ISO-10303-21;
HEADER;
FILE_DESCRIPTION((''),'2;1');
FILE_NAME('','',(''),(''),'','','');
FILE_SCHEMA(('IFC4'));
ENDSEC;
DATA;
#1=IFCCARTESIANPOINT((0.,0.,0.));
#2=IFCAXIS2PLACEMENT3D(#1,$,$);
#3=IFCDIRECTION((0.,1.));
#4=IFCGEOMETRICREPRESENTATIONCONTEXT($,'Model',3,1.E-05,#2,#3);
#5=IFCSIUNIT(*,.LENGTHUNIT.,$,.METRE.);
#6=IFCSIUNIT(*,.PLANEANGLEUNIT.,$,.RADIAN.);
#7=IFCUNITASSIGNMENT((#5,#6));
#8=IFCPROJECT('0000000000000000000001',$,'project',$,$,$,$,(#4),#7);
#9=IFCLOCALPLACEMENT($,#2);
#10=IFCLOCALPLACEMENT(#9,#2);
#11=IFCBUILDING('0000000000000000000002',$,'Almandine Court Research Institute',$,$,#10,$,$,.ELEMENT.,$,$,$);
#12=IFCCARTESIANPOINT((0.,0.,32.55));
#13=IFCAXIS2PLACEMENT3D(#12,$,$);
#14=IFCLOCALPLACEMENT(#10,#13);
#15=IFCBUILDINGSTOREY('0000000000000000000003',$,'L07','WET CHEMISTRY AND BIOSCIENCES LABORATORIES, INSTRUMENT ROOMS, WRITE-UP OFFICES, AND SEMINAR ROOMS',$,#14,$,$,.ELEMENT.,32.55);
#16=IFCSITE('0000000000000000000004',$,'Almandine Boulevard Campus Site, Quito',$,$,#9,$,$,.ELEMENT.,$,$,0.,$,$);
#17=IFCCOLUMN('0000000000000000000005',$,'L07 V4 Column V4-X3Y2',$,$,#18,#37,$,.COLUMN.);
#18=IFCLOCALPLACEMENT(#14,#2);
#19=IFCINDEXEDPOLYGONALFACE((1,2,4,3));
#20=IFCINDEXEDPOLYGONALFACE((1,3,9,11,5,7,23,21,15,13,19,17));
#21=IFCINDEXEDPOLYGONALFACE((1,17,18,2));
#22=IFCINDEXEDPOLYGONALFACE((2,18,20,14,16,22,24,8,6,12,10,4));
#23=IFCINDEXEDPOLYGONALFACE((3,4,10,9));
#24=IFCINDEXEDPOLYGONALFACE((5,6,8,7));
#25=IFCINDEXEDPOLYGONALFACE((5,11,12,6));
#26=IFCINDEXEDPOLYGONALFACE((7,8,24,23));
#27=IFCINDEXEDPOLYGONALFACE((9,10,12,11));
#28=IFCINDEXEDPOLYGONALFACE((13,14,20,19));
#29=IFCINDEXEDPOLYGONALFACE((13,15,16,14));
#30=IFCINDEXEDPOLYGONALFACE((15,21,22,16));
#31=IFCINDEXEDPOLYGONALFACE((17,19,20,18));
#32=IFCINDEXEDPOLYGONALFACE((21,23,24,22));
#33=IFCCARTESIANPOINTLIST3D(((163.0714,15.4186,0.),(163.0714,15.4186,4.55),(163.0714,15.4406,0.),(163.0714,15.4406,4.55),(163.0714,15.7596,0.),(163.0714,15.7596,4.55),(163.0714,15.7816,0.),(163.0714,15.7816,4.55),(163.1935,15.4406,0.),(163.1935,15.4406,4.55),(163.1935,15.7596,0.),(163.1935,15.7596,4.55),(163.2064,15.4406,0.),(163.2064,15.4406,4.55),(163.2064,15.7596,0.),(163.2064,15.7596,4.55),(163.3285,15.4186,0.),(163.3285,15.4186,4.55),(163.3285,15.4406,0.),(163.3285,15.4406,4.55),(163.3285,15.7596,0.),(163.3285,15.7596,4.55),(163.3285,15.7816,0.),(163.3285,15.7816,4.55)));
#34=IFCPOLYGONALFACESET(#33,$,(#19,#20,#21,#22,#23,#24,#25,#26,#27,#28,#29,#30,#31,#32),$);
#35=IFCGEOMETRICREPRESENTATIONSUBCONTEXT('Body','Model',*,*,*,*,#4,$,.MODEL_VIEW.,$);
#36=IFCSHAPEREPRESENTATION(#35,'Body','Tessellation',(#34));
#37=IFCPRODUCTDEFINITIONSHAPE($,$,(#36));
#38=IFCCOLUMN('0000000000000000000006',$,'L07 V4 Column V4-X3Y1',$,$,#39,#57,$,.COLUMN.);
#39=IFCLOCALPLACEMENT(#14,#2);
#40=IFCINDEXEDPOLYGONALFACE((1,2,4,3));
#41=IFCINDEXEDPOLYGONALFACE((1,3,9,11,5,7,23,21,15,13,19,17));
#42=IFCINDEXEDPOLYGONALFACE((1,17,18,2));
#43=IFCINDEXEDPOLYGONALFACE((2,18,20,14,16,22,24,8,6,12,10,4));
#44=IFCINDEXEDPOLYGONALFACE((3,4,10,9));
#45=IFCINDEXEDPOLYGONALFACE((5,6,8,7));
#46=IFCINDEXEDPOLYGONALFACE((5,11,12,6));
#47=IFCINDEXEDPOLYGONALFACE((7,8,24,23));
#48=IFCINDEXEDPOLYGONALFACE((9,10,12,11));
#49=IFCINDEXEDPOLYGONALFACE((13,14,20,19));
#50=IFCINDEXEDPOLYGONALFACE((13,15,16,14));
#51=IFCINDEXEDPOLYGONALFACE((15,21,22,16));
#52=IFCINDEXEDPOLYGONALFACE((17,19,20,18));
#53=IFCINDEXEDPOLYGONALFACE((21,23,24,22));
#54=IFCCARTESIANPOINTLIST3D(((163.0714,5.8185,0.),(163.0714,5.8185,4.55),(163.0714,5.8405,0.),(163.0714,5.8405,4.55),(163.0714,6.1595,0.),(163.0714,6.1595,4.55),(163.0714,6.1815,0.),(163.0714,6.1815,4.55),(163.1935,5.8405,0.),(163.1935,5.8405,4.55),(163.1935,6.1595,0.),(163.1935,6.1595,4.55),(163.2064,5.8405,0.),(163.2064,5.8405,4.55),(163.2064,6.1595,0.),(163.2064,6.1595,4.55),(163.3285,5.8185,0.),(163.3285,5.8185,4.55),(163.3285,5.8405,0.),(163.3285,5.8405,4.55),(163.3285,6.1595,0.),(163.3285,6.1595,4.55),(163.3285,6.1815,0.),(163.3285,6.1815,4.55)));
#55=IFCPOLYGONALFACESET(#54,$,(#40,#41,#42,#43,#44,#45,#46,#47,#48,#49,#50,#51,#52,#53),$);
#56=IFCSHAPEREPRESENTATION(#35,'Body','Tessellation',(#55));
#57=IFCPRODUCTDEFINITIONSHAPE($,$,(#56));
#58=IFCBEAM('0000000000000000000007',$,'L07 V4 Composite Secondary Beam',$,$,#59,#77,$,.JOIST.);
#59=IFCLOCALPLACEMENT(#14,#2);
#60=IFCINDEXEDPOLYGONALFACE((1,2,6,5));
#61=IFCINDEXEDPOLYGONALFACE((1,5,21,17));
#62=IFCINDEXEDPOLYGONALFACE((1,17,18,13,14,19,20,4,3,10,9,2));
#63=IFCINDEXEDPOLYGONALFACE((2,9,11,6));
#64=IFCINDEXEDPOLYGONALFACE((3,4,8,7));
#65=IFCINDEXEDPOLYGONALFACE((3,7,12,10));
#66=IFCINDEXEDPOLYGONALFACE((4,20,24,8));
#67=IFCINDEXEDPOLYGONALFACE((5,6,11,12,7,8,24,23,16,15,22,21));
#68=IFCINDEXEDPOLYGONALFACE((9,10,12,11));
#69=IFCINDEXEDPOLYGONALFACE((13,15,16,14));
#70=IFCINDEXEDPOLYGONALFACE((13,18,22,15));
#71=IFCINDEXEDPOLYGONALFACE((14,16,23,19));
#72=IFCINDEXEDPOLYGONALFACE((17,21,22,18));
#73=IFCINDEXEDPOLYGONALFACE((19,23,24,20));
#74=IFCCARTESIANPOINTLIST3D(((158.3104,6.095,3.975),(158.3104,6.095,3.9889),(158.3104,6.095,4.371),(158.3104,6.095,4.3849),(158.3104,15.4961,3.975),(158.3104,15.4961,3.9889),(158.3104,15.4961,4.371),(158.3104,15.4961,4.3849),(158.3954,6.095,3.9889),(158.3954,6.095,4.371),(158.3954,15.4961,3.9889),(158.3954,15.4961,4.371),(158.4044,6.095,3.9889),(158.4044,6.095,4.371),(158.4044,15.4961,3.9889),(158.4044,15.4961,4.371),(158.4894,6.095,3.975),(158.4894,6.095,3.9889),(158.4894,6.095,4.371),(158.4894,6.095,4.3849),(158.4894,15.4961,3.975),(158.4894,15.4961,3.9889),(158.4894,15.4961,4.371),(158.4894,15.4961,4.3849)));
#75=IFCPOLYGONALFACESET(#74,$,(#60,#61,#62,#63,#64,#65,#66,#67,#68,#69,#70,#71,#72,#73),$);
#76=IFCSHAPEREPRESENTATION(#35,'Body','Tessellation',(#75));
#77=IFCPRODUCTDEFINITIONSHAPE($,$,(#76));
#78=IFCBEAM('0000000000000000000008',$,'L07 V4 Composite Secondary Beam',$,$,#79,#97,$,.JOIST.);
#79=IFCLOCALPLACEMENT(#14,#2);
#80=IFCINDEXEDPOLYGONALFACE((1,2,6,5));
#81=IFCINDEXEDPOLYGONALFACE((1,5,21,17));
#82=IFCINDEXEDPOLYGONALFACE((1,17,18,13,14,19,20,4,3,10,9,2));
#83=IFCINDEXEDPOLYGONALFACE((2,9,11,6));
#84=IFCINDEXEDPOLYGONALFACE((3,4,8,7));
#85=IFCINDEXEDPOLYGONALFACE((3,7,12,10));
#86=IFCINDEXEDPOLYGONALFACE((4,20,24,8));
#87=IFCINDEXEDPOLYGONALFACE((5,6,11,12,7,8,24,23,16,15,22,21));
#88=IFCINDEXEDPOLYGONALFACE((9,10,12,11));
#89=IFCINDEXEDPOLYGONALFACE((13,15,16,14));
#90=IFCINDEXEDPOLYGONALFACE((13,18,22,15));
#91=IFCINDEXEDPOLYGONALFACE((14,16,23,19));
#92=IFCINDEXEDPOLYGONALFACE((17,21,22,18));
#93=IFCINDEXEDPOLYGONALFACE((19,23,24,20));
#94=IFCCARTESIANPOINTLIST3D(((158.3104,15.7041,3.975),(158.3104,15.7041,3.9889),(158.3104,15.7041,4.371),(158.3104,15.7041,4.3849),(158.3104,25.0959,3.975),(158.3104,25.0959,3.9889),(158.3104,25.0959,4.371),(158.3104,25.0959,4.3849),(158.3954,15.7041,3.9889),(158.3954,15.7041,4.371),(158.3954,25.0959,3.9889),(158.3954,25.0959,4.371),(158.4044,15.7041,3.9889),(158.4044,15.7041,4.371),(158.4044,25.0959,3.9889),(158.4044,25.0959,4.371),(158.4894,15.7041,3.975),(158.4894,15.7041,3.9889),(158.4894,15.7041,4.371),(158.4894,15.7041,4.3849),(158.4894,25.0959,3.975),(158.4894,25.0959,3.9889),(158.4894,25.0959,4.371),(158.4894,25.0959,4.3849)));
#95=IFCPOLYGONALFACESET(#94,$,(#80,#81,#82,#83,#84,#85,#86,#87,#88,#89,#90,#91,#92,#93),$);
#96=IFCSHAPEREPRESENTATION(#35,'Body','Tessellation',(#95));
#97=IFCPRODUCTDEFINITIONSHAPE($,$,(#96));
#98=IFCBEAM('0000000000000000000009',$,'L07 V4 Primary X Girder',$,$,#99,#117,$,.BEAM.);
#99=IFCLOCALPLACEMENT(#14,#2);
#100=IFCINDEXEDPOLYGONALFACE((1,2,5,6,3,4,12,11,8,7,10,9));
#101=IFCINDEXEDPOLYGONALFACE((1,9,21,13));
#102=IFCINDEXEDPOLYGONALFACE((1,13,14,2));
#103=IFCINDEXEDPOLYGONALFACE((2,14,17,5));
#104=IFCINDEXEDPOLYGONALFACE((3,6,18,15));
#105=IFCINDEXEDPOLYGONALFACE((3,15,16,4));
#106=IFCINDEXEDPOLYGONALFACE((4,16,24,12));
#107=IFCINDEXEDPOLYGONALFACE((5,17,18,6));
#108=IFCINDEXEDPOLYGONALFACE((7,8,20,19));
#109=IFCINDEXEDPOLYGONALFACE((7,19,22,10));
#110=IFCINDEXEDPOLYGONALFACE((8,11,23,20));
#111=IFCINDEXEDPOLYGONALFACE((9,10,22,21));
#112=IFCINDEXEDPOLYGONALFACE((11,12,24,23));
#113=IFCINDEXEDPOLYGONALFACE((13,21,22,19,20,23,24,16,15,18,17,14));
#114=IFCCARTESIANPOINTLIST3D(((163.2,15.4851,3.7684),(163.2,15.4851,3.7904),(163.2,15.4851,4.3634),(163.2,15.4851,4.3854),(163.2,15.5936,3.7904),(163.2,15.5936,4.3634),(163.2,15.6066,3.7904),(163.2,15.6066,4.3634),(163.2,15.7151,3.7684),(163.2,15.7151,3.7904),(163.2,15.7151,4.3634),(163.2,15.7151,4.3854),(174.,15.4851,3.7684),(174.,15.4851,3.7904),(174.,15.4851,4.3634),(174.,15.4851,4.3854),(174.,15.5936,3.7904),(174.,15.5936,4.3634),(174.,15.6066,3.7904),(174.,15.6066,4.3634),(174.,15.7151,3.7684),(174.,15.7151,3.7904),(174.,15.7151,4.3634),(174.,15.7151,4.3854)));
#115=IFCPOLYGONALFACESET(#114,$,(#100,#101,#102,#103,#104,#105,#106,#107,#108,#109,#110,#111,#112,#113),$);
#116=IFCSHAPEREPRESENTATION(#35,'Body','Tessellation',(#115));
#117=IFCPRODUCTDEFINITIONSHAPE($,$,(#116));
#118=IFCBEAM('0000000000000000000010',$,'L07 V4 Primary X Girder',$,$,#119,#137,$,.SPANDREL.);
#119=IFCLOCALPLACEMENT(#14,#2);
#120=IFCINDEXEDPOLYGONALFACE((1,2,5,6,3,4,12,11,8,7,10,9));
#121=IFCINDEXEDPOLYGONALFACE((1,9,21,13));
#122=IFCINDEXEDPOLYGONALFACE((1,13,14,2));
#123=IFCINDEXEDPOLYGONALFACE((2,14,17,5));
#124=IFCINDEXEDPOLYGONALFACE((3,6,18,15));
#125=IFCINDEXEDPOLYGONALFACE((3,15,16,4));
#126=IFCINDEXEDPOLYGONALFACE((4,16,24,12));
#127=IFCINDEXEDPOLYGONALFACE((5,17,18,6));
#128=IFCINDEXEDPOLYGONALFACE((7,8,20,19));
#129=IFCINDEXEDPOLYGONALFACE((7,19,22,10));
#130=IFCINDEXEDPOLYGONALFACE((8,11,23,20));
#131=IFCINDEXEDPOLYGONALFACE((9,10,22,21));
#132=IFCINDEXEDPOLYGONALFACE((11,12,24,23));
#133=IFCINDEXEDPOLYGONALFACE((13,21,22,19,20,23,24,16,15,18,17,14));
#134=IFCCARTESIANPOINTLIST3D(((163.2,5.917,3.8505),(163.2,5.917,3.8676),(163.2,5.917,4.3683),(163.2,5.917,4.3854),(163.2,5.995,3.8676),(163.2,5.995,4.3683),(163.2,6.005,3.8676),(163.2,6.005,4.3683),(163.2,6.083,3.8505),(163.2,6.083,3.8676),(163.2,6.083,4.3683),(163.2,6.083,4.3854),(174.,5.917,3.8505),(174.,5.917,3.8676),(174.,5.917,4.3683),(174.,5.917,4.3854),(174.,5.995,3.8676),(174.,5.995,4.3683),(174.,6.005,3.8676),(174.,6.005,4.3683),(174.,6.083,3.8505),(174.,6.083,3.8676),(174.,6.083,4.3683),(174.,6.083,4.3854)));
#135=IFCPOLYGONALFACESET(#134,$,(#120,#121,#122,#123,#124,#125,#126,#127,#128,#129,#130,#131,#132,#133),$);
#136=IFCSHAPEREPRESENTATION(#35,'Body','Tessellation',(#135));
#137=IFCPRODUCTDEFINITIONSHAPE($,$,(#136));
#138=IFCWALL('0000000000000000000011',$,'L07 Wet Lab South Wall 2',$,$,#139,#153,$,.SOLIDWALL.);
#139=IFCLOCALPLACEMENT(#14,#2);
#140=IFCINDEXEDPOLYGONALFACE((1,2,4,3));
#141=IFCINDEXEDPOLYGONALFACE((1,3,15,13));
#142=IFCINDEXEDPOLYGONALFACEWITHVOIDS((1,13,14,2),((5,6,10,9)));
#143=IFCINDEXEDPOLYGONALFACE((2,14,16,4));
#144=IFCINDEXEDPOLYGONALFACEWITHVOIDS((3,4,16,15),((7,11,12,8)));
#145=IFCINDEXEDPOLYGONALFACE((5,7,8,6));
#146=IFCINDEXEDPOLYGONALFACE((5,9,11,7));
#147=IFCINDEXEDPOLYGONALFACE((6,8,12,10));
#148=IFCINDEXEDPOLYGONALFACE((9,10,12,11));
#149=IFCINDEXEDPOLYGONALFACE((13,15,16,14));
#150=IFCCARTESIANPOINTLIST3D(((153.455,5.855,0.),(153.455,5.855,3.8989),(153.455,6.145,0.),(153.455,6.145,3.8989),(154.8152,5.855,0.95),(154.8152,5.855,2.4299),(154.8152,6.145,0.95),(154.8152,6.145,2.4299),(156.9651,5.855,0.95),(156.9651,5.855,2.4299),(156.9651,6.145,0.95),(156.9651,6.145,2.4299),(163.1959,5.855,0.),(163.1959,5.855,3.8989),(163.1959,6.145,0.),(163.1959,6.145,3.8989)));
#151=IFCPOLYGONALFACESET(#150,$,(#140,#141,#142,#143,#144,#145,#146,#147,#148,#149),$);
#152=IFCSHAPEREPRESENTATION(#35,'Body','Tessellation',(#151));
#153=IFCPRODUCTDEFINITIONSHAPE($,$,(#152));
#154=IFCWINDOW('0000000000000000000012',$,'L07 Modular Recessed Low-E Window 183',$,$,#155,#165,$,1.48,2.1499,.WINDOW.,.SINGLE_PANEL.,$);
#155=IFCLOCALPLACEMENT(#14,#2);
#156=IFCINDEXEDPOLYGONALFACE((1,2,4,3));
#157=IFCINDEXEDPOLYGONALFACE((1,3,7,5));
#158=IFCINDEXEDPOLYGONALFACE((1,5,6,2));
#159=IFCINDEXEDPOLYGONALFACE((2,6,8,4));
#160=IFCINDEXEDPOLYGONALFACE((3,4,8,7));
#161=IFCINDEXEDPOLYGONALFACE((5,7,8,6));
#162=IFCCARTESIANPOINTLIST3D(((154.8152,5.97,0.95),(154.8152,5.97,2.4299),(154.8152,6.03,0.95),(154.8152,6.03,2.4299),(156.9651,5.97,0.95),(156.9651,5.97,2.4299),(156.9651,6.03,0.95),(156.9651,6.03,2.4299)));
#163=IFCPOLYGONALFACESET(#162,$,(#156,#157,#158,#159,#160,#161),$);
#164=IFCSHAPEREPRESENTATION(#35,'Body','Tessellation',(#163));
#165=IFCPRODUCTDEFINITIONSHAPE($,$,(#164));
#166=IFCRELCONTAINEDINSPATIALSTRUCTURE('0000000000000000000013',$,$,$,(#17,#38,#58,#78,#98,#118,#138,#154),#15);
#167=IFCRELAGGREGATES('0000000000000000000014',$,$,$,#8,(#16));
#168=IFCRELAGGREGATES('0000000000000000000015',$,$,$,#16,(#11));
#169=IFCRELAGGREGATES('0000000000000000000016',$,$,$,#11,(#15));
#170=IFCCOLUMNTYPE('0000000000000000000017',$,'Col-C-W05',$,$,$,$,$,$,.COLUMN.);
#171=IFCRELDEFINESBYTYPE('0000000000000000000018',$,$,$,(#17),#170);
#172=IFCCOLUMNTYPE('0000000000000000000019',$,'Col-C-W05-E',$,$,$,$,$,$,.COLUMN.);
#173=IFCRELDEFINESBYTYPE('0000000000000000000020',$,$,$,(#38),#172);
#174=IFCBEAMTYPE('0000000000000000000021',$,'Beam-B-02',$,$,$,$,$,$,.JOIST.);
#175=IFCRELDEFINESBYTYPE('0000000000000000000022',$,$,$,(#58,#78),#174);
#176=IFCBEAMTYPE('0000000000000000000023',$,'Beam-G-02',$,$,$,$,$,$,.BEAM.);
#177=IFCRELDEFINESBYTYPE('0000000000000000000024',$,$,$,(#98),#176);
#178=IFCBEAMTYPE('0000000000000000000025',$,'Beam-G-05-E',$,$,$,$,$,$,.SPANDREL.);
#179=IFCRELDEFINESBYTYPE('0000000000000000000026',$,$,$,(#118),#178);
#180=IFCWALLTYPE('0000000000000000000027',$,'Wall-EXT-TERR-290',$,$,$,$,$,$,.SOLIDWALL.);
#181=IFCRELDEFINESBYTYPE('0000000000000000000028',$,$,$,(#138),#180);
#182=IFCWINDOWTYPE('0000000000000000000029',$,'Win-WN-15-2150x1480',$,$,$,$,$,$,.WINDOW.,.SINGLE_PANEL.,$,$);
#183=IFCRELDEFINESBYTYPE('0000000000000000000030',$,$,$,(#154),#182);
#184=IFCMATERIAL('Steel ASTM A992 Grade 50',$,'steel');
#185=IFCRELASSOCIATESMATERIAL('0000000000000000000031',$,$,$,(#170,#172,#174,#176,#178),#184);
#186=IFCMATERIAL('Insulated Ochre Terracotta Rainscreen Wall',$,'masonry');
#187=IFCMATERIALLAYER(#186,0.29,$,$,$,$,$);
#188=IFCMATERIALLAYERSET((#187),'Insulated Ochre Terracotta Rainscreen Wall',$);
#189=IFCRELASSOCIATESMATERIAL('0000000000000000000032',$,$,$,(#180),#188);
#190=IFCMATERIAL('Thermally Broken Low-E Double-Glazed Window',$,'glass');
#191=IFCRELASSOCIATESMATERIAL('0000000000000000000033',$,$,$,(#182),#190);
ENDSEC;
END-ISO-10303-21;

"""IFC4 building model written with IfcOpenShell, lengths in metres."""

from ifc_helpers import new_model, si_unit, direction, frame, frame_2d, origin, origin_2d, place, context, subcontext, project, spatial, rectangle, i_section, extrude, material, layer, layer_set, material_profile, profile_set, type_object, element, fill, save


model = new_model("IFC4")

# Units and contexts
model_context = context("Model", 3, precision=1e-05, world=origin(), true_north=direction((0.0, 1.0)))
body_context = subcontext(model_context, "Body", "Model", "MODEL_VIEW")
ifc_project = project(units=[si_unit("LENGTHUNIT", "METRE"), si_unit("PLANEANGLEUNIT", "RADIAN")], contexts=[model_context])

# Site, building, storey
site_placement = place(None, origin())
site = spatial("IfcSite", under=ifc_project, at=site_placement, Name="Almandine Boulevard Campus Site, Quito", CompositionType="ELEMENT", RefElevation=0.0)
building_placement = place(site_placement, origin())
building = spatial("IfcBuilding", under=site, at=building_placement, Name="Almandine Court Research Institute", CompositionType="ELEMENT")
storey_placement = place(building_placement, frame((0.0, 0.0, 32.55)))
storey = spatial("IfcBuildingStorey", under=building, at=storey_placement, Name="L07", Description="WET CHEMISTRY AND BIOSCIENCES LABORATORIES, INSTRUMENT ROOMS, WRITE-UP OFFICES, AND SEMINAR ROOMS", CompositionType="ELEMENT", Elevation=32.55)

# Columns
ifc_material_1 = material(Name="Steel ASTM A992 Grade 50", Category="steel")
ifc_material_profile_1 = material_profile(ifc_material_1, i_section(OverallWidth=0.2571, OverallDepth=0.363, WebThickness=0.0129, FlangeThickness=0.022, at=origin_2d()), Name="W360x122")
ifc_profile_set_1 = profile_set([ifc_material_profile_1], Name="Steel ASTM A992 Grade 50")
column_type_1 = type_object("IfcColumnType", Name="Col-C-W05", PredefinedType="COLUMN", material=ifc_profile_set_1)
column_1_placement = place(storey_placement, frame((163.2, 15.6001, 0.0), z_axis=(0.0, 0.0, 1.0), x_axis=(1.0, 0.0, 0.0)))
element("IfcColumn", 1, at=column_1_placement, inside=storey, type_object=column_type_1, Name="L07 V4 Column V4-X3Y2", PredefinedType="COLUMN", context=body_context, shape_type="SweptSolid", body=[
    extrude(i_section(OverallWidth=0.2571, OverallDepth=0.363, WebThickness=0.0129, FlangeThickness=0.022, at=origin_2d()), origin(), (0.0, 0.0, 1.0), 4.55),
])
ifc_material_profile_2 = material_profile(ifc_material_1, i_section(OverallWidth=0.2571, OverallDepth=0.363, WebThickness=0.0129, FlangeThickness=0.022, at=origin_2d()), Name="W360x122")
ifc_profile_set_2 = profile_set([ifc_material_profile_2], Name="Steel ASTM A992 Grade 50")
column_type_2 = type_object("IfcColumnType", Name="Col-C-W05-E", PredefinedType="COLUMN", material=ifc_profile_set_2)
column_2_placement = place(storey_placement, frame((163.2, 6.0, 0.0), z_axis=(0.0, 0.0, 1.0), x_axis=(1.0, 0.0, 0.0)))
element("IfcColumn", 2, at=column_2_placement, inside=storey, type_object=column_type_2, Name="L07 V4 Column V4-X3Y1", PredefinedType="COLUMN", context=body_context, shape_type="SweptSolid", body=[
    extrude(i_section(OverallWidth=0.2571, OverallDepth=0.363, WebThickness=0.0129, FlangeThickness=0.022, at=origin_2d()), origin(), (0.0, 0.0, 1.0), 4.55),
])

# Beams
ifc_material_profile_3 = material_profile(ifc_material_1, i_section(OverallWidth=0.179, OverallDepth=0.4099, WebThickness=0.009, FlangeThickness=0.0139, at=origin_2d()), Name="W410x67")
ifc_profile_set_3 = profile_set([ifc_material_profile_3], Name="Steel ASTM A992 Grade 50")
beam_type_1 = type_object("IfcBeamType", Name="Beam-B-02", PredefinedType="JOIST", material=ifc_profile_set_3)
beam_1_placement = place(storey_placement, frame((158.3999, 6.095, 4.1799), z_axis=(0.0, 1.0, 0.0), x_axis=(-1.0, 0.0, 0.0)))
element("IfcBeam", 3, at=beam_1_placement, inside=storey, type_object=beam_type_1, Name="L07 V4 Composite Secondary Beam", PredefinedType="JOIST", context=body_context, shape_type="SweptSolid", body=[
    extrude(i_section(OverallWidth=0.179, OverallDepth=0.4099, WebThickness=0.009, FlangeThickness=0.0139, at=origin_2d()), origin(), (0.0, 0.0, 1.0), 9.4011),
])
beam_2_placement = place(storey_placement, frame((158.3999, 15.7041, 4.1799), z_axis=(0.0, 1.0, 0.0), x_axis=(-1.0, 0.0, 0.0)))
element("IfcBeam", 4, at=beam_2_placement, inside=storey, type_object=beam_type_1, Name="L07 V4 Composite Secondary Beam", PredefinedType="JOIST", context=body_context, shape_type="SweptSolid", body=[
    extrude(i_section(OverallWidth=0.179, OverallDepth=0.4099, WebThickness=0.009, FlangeThickness=0.0139, at=origin_2d()), origin(), (0.0, 0.0, 1.0), 9.3918),
])
ifc_material_profile_4 = material_profile(ifc_material_1, i_section(OverallWidth=0.23, OverallDepth=0.6169, WebThickness=0.0129, FlangeThickness=0.022, at=origin_2d()), Name="W610x140")
ifc_profile_set_4 = profile_set([ifc_material_profile_4], Name="Steel ASTM A992 Grade 50")
beam_type_2 = type_object("IfcBeamType", Name="Beam-G-02", PredefinedType="BEAM", material=ifc_profile_set_4)
beam_3_placement = place(storey_placement, frame((163.2, 15.6001, 4.0769), z_axis=(1.0, 0.0, 0.0), x_axis=(0.0, 1.0, 0.0)))
element("IfcBeam", 5, at=beam_3_placement, inside=storey, type_object=beam_type_2, Name="L07 V4 Primary X Girder", PredefinedType="BEAM", context=body_context, shape_type="SweptSolid", body=[
    extrude(i_section(OverallWidth=0.23, OverallDepth=0.6169, WebThickness=0.0129, FlangeThickness=0.022, at=origin_2d()), origin(), (0.0, 0.0, 1.0), 10.8),
])
ifc_material_profile_5 = material_profile(ifc_material_1, i_section(OverallWidth=0.166, OverallDepth=0.5349, WebThickness=0.01, FlangeThickness=0.0171, at=origin_2d()), Name="W530x85")
ifc_profile_set_5 = profile_set([ifc_material_profile_5], Name="Steel ASTM A992 Grade 50")
beam_type_3 = type_object("IfcBeamType", Name="Beam-G-05-E", PredefinedType="SPANDREL", material=ifc_profile_set_5)
beam_4_placement = place(storey_placement, frame((163.2, 6.0, 4.1179), z_axis=(1.0, 0.0, 0.0), x_axis=(0.0, 1.0, 0.0)))
element("IfcBeam", 6, at=beam_4_placement, inside=storey, type_object=beam_type_3, Name="L07 V4 Primary X Girder", PredefinedType="SPANDREL", context=body_context, shape_type="SweptSolid", body=[
    extrude(i_section(OverallWidth=0.166, OverallDepth=0.5349, WebThickness=0.01, FlangeThickness=0.0171, at=origin_2d()), origin(), (0.0, 0.0, 1.0), 10.8),
])

# Wall, opening, window
ifc_material_2 = material(Name="Insulated Ochre Terracotta Rainscreen Wall", Category="masonry")
ifc_layer_1 = layer(ifc_material_2, 0.29)
ifc_layer_set_1 = layer_set([ifc_layer_1], Name="Insulated Ochre Terracotta Rainscreen Wall")
wall_type_1 = type_object("IfcWallType", Name="Wall-EXT-TERR-290", PredefinedType="SOLIDWALL", material=ifc_layer_set_1)
wall_1_placement = place(storey_placement, frame((163.196, 6.0, 0.0), z_axis=(0.0, 0.0, 1.0), x_axis=(-1.0, 0.0, 0.0)))
wall_1 = element("IfcWall", 7, at=wall_1_placement, inside=storey, type_object=wall_type_1, Name="L07 Wet Lab South Wall 2", PredefinedType="SOLIDWALL", context=body_context, shape_type="SweptSolid", body=[
    extrude(rectangle(XDim=9.741, YDim=0.29, at=frame_2d((4.8706, 0.0))), origin(), (0.0, 0.0, 1.0), 3.8989),
])
opening_1_placement = place(wall_1_placement, frame((6.231, 0.0, 0.95)))
opening_1 = element("IfcOpeningElement", 8, at=opening_1_placement, cuts=wall_1, PredefinedType="OPENING", context=body_context, shape_type="SweptSolid", body=[
    extrude(rectangle(XDim=2.1499, YDim=1.48, at=frame_2d((1.075, 0.74))), frame((0.0, 0.155, 0.0), z_axis=(0.0, -1.0, 0.0), x_axis=(1.0, 0.0, 0.0)), (0.0, 0.0, 1.0), 0.3101),
])
ifc_material_3 = material(Name="Thermally Broken Low-E Double-Glazed Window", Category="glass")
window_type = type_object("IfcWindowType", Name="Win-WN-15-2150x1480", PartitioningType="SINGLE_PANEL", PredefinedType="WINDOW", material=ifc_material_3)
window_placement = place(opening_1_placement, origin())
window = element("IfcWindow", 9, at=window_placement, inside=storey, type_object=window_type, Name="L07 Modular Recessed Low-E Window 183", OverallHeight=1.48, OverallWidth=2.1499, PartitioningType="SINGLE_PANEL", PredefinedType="WINDOW", context=body_context, shape_type="SweptSolid", body=[
    extrude(rectangle(XDim=2.1499, YDim=1.48, at=frame_2d((1.075, 0.74))), frame((0.0, 0.03, 0.0), z_axis=(0.0, -1.0, 0.0), x_axis=(1.0, 0.0, 0.0)), (0.0, 0.0, 1.0), 0.0601),
])
fill(opening_1, window)

save(model, "model.ifc")
